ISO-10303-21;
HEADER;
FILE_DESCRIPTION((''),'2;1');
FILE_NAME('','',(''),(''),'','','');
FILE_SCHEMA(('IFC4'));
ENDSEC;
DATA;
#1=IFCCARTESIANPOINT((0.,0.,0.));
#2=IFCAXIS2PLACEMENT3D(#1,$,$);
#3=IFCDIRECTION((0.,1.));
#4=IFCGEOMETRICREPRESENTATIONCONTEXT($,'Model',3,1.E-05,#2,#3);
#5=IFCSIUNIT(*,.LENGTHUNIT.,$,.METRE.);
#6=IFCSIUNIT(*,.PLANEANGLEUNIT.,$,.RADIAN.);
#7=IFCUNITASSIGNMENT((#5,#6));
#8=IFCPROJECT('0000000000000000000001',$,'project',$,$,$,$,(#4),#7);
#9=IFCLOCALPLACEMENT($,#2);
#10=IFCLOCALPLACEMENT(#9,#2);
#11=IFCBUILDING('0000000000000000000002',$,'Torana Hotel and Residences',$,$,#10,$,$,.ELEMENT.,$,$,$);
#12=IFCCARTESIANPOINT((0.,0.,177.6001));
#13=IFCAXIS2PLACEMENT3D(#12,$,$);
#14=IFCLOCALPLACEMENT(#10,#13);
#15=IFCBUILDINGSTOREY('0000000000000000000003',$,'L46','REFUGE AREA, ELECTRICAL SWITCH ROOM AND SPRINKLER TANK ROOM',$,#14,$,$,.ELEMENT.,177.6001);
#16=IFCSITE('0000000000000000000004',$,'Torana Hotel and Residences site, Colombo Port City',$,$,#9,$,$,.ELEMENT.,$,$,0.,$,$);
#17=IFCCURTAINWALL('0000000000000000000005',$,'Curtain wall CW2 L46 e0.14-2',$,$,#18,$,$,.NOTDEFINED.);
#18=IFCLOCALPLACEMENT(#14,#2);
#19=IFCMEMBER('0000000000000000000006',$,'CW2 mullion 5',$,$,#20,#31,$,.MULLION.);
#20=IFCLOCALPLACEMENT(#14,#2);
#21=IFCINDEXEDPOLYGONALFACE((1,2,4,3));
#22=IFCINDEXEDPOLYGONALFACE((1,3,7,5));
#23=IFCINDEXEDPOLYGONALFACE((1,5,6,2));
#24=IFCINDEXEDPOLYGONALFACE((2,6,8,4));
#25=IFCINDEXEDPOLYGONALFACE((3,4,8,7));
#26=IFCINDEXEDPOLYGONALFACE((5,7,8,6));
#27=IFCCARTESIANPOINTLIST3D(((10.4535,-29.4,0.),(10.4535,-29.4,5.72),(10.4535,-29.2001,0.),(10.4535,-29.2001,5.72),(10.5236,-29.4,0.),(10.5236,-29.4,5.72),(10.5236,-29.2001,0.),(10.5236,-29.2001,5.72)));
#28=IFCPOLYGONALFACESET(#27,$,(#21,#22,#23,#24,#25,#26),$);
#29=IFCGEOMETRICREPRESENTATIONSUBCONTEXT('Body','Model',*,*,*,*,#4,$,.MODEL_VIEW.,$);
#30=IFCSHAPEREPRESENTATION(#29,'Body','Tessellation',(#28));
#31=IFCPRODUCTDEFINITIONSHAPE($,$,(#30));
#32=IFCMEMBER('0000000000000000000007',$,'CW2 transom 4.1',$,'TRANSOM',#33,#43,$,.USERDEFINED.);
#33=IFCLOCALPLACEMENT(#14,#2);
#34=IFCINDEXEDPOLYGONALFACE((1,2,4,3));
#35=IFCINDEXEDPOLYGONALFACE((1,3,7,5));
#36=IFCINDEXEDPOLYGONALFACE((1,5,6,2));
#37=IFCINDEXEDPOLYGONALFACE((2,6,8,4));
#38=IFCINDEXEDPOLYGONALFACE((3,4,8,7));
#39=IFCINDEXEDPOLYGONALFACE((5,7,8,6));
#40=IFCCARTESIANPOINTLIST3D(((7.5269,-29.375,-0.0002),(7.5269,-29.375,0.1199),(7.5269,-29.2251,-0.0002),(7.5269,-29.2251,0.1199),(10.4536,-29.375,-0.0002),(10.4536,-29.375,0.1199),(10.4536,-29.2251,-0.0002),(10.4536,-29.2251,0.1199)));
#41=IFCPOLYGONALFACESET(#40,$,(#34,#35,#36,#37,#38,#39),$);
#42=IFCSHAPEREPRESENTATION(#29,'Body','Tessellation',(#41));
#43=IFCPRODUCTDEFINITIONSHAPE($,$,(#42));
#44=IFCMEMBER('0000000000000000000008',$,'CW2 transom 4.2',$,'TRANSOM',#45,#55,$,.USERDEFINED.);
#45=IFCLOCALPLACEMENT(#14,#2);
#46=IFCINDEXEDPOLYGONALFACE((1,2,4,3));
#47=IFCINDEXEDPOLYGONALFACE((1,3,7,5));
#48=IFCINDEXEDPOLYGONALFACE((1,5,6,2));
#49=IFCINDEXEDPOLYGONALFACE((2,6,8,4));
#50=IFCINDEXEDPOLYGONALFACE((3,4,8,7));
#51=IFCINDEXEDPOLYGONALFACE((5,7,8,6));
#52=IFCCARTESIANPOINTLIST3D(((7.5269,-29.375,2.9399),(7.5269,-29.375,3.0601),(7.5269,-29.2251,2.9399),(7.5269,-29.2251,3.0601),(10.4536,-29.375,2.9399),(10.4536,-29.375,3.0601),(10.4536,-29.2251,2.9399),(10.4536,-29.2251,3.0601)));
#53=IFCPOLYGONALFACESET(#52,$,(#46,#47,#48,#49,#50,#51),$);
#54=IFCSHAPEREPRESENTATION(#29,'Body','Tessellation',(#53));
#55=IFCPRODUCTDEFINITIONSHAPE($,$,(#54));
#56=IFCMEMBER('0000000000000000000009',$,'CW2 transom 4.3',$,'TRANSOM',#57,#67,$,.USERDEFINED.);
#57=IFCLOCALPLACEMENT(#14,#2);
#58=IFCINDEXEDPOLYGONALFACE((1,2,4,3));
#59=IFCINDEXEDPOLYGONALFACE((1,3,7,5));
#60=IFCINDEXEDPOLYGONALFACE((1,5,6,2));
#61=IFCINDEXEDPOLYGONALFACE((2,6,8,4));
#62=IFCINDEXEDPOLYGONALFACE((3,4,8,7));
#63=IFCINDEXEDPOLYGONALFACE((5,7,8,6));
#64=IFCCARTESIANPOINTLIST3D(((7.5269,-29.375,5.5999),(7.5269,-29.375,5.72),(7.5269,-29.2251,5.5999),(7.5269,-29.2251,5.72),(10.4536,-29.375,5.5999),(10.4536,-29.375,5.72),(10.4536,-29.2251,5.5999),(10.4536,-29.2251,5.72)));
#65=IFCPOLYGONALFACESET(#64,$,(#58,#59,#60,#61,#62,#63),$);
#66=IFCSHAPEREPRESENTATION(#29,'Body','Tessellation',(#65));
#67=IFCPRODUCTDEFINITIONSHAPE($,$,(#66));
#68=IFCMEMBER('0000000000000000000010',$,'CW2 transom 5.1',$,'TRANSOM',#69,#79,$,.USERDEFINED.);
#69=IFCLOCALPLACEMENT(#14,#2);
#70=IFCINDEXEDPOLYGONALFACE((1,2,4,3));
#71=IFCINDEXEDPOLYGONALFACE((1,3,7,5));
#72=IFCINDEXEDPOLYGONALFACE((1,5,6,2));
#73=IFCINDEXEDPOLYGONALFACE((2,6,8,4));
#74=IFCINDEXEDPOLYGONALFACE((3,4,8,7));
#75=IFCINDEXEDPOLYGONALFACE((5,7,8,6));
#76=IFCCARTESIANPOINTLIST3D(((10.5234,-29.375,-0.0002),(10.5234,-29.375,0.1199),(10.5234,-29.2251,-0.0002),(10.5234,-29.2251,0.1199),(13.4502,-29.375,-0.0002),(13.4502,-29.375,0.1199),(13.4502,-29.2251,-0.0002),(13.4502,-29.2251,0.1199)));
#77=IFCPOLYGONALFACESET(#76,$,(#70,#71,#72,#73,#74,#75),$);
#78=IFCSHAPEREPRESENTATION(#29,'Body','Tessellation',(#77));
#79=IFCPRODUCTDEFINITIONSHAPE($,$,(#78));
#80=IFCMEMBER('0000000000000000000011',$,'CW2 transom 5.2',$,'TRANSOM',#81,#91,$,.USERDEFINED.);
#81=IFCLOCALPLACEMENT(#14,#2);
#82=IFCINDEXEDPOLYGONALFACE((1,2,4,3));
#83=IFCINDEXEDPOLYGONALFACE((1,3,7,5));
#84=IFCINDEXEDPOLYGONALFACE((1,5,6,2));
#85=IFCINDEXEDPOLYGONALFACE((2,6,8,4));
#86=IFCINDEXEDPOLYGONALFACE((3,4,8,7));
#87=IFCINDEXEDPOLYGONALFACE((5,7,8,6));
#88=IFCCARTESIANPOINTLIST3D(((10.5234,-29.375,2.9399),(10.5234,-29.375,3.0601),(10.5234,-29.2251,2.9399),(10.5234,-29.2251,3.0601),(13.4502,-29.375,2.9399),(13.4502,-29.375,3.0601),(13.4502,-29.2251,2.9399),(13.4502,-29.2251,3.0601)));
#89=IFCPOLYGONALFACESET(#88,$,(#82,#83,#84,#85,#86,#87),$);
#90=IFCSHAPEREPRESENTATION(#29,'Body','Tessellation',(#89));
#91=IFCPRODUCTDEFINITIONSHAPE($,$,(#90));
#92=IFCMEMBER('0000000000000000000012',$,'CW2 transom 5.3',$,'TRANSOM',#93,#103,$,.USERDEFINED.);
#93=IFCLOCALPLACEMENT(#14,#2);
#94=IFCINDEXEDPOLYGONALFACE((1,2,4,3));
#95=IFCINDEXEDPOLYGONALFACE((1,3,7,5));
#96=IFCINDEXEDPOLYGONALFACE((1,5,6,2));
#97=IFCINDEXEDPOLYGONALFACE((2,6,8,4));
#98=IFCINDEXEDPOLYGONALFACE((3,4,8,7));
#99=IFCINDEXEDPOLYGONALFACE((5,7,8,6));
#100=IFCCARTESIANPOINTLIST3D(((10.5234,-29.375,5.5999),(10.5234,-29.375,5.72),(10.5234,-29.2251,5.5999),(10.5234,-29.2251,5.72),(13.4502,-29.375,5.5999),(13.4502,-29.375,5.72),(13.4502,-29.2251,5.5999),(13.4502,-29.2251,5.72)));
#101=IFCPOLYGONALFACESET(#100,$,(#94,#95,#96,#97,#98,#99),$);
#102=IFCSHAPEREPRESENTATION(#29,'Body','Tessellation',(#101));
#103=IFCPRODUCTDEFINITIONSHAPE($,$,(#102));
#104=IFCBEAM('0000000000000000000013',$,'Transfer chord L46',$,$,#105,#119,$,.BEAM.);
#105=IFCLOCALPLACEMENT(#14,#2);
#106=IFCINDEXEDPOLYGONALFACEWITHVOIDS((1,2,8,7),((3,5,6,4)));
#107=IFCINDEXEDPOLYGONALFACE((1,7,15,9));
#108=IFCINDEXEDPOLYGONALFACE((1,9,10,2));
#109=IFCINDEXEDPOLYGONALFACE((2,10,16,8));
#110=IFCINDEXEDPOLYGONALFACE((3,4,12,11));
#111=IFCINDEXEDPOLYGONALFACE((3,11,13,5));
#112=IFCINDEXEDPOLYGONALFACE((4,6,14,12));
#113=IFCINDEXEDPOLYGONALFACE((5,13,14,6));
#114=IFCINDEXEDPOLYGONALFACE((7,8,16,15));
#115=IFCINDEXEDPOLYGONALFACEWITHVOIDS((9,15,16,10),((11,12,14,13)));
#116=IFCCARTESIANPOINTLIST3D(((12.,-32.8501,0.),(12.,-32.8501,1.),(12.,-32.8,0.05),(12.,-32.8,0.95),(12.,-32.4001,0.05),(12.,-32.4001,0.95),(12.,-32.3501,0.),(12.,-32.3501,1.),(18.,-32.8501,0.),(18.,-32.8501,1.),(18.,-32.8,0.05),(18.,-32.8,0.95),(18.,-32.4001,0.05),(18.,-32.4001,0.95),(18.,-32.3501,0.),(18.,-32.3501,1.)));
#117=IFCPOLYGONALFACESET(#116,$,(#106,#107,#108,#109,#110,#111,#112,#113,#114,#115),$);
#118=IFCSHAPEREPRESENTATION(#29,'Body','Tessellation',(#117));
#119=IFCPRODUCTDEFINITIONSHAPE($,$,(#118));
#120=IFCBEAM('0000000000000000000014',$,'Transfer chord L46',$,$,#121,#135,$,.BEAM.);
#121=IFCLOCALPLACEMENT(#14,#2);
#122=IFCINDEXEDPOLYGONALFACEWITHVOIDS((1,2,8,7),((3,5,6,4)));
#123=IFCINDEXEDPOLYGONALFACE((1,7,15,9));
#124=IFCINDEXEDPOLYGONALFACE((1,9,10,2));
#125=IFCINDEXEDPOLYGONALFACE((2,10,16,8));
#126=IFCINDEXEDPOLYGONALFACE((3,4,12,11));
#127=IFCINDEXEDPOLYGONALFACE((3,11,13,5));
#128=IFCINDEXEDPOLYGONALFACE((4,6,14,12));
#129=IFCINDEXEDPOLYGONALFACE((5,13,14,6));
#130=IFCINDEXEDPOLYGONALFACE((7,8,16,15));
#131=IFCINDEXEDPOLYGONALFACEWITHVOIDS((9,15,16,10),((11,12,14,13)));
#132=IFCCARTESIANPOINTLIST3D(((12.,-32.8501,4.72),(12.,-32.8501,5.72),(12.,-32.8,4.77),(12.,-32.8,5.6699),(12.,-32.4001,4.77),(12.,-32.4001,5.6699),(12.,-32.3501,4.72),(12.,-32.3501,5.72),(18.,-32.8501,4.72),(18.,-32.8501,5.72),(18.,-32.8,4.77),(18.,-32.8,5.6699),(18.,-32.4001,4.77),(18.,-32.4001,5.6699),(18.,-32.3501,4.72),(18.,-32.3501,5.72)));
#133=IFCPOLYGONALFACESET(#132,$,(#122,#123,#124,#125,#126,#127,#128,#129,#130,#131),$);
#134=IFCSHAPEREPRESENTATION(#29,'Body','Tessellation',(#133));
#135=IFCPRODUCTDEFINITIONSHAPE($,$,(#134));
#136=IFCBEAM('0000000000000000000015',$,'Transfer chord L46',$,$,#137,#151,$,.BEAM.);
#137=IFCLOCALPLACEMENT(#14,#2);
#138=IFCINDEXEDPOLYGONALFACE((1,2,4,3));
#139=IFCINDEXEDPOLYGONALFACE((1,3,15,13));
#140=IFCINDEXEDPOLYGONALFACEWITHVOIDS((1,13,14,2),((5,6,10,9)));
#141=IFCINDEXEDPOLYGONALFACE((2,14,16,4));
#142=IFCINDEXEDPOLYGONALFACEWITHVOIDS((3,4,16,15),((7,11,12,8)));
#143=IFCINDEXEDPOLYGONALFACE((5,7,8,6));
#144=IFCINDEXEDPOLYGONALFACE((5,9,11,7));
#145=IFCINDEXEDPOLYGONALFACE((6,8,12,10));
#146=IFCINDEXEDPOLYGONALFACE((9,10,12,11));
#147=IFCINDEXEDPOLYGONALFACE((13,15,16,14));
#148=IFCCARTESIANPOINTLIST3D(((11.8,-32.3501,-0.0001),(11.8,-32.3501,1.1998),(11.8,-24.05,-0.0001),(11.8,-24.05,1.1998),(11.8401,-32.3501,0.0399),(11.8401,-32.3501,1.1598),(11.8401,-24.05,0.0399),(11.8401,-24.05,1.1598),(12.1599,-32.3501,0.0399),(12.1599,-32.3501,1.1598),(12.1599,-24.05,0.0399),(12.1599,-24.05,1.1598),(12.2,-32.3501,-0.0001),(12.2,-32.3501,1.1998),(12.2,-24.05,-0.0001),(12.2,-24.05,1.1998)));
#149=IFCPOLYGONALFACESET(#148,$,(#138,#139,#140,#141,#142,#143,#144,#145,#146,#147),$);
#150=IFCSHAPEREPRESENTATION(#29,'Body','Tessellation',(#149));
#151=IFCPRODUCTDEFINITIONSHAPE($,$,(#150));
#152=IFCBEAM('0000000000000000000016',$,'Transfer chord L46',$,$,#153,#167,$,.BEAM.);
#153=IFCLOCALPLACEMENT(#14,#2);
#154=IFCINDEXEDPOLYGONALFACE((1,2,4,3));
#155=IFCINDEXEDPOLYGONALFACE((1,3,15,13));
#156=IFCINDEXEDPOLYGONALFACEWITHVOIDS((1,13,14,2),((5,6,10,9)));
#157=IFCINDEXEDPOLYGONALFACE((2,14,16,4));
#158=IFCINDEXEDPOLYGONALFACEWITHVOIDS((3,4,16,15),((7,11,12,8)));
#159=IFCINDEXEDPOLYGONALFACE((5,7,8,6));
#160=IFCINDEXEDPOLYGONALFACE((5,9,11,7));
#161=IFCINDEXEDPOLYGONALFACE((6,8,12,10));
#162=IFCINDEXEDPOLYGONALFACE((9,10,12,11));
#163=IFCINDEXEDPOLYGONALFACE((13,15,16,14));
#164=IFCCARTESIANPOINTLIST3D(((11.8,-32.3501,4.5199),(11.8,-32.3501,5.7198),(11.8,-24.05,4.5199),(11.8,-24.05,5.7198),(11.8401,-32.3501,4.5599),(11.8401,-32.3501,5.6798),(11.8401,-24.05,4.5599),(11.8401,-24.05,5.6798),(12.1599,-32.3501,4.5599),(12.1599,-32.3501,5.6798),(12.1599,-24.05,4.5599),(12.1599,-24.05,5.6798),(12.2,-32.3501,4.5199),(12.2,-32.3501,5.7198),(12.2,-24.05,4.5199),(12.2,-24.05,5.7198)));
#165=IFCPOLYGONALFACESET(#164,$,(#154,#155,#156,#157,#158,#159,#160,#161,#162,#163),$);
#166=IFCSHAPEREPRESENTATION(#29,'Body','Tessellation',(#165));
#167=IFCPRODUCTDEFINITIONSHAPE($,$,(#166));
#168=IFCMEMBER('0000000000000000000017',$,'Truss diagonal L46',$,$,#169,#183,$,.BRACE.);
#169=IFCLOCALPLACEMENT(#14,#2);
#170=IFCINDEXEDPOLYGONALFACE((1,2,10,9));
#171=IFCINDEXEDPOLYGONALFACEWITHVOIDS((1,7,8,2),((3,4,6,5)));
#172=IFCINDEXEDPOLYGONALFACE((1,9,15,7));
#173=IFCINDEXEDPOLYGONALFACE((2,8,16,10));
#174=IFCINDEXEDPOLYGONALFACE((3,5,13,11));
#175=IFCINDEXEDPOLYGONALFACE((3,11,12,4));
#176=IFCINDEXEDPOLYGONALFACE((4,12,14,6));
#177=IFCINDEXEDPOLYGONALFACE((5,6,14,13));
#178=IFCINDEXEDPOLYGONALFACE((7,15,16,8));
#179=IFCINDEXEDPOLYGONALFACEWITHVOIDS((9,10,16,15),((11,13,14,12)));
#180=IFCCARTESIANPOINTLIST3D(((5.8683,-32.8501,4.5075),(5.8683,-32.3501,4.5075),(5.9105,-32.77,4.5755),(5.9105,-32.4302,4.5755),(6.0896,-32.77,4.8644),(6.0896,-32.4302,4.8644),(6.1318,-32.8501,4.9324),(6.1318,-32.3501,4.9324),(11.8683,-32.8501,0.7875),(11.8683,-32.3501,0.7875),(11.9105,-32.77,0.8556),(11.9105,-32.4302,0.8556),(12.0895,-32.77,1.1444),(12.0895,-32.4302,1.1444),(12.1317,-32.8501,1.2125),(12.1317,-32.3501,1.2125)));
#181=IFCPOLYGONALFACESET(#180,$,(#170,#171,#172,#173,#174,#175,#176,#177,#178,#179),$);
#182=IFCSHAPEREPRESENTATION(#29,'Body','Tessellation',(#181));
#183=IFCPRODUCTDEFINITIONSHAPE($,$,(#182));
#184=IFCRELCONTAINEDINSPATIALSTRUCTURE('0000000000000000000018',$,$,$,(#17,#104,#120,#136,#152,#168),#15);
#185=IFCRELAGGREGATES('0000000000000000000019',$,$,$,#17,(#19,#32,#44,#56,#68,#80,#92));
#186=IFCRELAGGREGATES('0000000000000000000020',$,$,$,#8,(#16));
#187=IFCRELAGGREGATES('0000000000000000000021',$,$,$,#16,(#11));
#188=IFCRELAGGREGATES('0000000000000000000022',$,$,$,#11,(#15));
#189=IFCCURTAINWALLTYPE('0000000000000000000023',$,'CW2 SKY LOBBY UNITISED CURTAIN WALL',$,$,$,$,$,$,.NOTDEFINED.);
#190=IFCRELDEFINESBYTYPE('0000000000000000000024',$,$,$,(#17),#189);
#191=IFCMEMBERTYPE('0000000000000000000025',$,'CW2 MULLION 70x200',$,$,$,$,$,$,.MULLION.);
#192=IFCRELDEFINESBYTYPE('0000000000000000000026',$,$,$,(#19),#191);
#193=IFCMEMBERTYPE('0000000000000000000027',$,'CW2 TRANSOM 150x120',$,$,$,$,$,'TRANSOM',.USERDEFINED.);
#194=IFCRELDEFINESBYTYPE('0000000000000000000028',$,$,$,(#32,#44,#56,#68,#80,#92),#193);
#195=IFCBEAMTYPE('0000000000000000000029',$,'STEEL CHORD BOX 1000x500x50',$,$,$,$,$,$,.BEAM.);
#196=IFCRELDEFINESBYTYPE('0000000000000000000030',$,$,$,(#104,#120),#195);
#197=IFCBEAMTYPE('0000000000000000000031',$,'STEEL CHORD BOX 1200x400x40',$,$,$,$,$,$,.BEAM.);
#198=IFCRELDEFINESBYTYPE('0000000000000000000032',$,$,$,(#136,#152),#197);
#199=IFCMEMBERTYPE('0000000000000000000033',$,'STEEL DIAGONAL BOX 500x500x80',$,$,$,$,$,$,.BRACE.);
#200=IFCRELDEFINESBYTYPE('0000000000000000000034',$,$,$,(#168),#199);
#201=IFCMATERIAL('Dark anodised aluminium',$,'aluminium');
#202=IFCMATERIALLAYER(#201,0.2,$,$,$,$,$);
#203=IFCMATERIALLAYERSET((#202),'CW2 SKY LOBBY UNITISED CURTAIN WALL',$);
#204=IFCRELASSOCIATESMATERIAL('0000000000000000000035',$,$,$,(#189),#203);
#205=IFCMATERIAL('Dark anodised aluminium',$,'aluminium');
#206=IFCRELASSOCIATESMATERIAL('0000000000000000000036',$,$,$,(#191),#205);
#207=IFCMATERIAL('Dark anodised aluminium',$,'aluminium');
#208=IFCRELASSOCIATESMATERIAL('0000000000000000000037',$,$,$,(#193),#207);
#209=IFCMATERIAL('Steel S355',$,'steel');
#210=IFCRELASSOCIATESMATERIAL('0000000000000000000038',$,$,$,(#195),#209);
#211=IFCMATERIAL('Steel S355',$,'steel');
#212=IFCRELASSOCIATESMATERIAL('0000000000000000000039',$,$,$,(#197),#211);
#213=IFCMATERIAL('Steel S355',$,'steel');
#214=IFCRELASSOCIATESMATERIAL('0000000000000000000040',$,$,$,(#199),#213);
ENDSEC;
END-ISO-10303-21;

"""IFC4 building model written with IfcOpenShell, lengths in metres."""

from ifc_helpers import new_model, si_unit, direction, frame, origin, origin_2d, place, context, subcontext, project, spatial, rectangle, hollow_rectangle, extrude, material, layer, layer_set, material_profile, profile_set, type_object, element, aggregate, save


model = new_model("IFC4")

# Units and contexts
model_context = context("Model", 3, precision=1e-05, world=origin(), true_north=direction((0.0, 1.0)))
body_context = subcontext(model_context, "Body", "Model", "MODEL_VIEW")
ifc_project = project(units=[si_unit("LENGTHUNIT", "METRE"), si_unit("PLANEANGLEUNIT", "RADIAN")], contexts=[model_context])

# Site, building, storey
site_placement = place(None, origin())
site = spatial("IfcSite", under=ifc_project, at=site_placement, Name="Torana Hotel and Residences site, Colombo Port City", CompositionType="ELEMENT", RefElevation=0.0)
building_placement = place(site_placement, origin())
building = spatial("IfcBuilding", under=site, at=building_placement, Name="Torana Hotel and Residences", CompositionType="ELEMENT")
storey_placement = place(building_placement, frame((0.0, 0.0, 177.6001)))
storey = spatial("IfcBuildingStorey", under=building, at=storey_placement, Name="L46", Description="REFUGE AREA, ELECTRICAL SWITCH ROOM AND SPRINKLER TANK ROOM", CompositionType="ELEMENT", Elevation=177.6001)

# Curtain wall, members
ifc_material_1 = material(Name="Dark anodised aluminium", Category="aluminium")
ifc_layer_1 = layer(ifc_material_1, 0.2)
ifc_layer_set_1 = layer_set([ifc_layer_1], Name="CW2 SKY LOBBY UNITISED CURTAIN WALL")
curtain_wall_type = type_object("IfcCurtainWallType", Name="CW2 SKY LOBBY UNITISED CURTAIN WALL", PredefinedType="NOTDEFINED", material=ifc_layer_set_1)
curtain_wall_placement = place(storey_placement, origin())
curtain_wall = element("IfcCurtainWall", 1, at=curtain_wall_placement, inside=storey, type_object=curtain_wall_type, Name="Curtain wall CW2 L46 e0.14-2", PredefinedType="NOTDEFINED")
ifc_material_2 = material(Name="Dark anodised aluminium", Category="aluminium")
ifc_material_profile_1 = material_profile(ifc_material_2, rectangle(XDim=0.2, YDim=0.0701, at=origin_2d()), Name="CW2 MULLION 70x200")
ifc_profile_set_1 = profile_set([ifc_material_profile_1], Name="Dark anodised aluminium")
member_type_1 = type_object("IfcMemberType", Name="CW2 MULLION 70x200", PredefinedType="MULLION", material=ifc_profile_set_1)
member_1_placement = place(storey_placement, frame((10.4885, -29.3, 0.0), z_axis=(0.0, 0.0, 1.0), x_axis=(0.0, 1.0, 0.0)))
member_1 = element("IfcMember", 2, at=member_1_placement, type_object=member_type_1, Name="CW2 mullion 5", PredefinedType="MULLION", context=body_context, shape_type="SweptSolid", body=[
    extrude(rectangle(XDim=0.2, YDim=0.0701, at=origin_2d()), origin(), (0.0, 0.0, 1.0), 5.72),
])
ifc_material_3 = material(Name="Dark anodised aluminium", Category="aluminium")
ifc_material_profile_2 = material_profile(ifc_material_3, rectangle(XDim=0.1499, YDim=0.1201, at=origin_2d()), Name="CW2 TRANSOM 150x120")
ifc_profile_set_2 = profile_set([ifc_material_profile_2], Name="Dark anodised aluminium")
member_type_2 = type_object("IfcMemberType", Name="CW2 TRANSOM 150x120", ElementType="TRANSOM", PredefinedType="USERDEFINED", material=ifc_profile_set_2)
member_2_placement = place(storey_placement, frame((7.5269, -29.3, 0.0598), z_axis=(1.0, 0.0, 0.0), x_axis=(0.0, 1.0, 0.0)))
member_2 = element("IfcMember", 3, at=member_2_placement, type_object=member_type_2, Name="CW2 transom 4.1", ObjectType="TRANSOM", PredefinedType="USERDEFINED", context=body_context, shape_type="SweptSolid", body=[
    extrude(rectangle(XDim=0.1499, YDim=0.1201, at=origin_2d()), origin(), (0.0, 0.0, 1.0), 2.9268),
])
member_3_placement = place(storey_placement, frame((7.5269, -29.3, 3.0), z_axis=(1.0, 0.0, 0.0), x_axis=(0.0, 1.0, 0.0)))
member_3 = element("IfcMember", 4, at=member_3_placement, type_object=member_type_2, Name="CW2 transom 4.2", ObjectType="TRANSOM", PredefinedType="USERDEFINED", context=body_context, shape_type="SweptSolid", body=[
    extrude(rectangle(XDim=0.1499, YDim=0.1201, at=origin_2d()), origin(), (0.0, 0.0, 1.0), 2.9268),
])
member_4_placement = place(storey_placement, frame((7.5269, -29.3, 5.6599), z_axis=(1.0, 0.0, 0.0), x_axis=(0.0, 1.0, 0.0)))
member_4 = element("IfcMember", 5, at=member_4_placement, type_object=member_type_2, Name="CW2 transom 4.3", ObjectType="TRANSOM", PredefinedType="USERDEFINED", context=body_context, shape_type="SweptSolid", body=[
    extrude(rectangle(XDim=0.1499, YDim=0.1201, at=origin_2d()), origin(), (0.0, 0.0, 1.0), 2.9268),
])
member_5_placement = place(storey_placement, frame((10.5234, -29.3, 0.0598), z_axis=(1.0, 0.0, 0.0), x_axis=(0.0, 1.0, 0.0)))
member_5 = element("IfcMember", 6, at=member_5_placement, type_object=member_type_2, Name="CW2 transom 5.1", ObjectType="TRANSOM", PredefinedType="USERDEFINED", context=body_context, shape_type="SweptSolid", body=[
    extrude(rectangle(XDim=0.1499, YDim=0.1201, at=origin_2d()), origin(), (0.0, 0.0, 1.0), 2.9268),
])
member_6_placement = place(storey_placement, frame((10.5234, -29.3, 3.0), z_axis=(1.0, 0.0, 0.0), x_axis=(0.0, 1.0, 0.0)))
member_6 = element("IfcMember", 7, at=member_6_placement, type_object=member_type_2, Name="CW2 transom 5.2", ObjectType="TRANSOM", PredefinedType="USERDEFINED", context=body_context, shape_type="SweptSolid", body=[
    extrude(rectangle(XDim=0.1499, YDim=0.1201, at=origin_2d()), origin(), (0.0, 0.0, 1.0), 2.9268),
])
member_7_placement = place(storey_placement, frame((10.5234, -29.3, 5.6599), z_axis=(1.0, 0.0, 0.0), x_axis=(0.0, 1.0, 0.0)))
member_7 = element("IfcMember", 8, at=member_7_placement, type_object=member_type_2, Name="CW2 transom 5.3", ObjectType="TRANSOM", PredefinedType="USERDEFINED", context=body_context, shape_type="SweptSolid", body=[
    extrude(rectangle(XDim=0.1499, YDim=0.1201, at=origin_2d()), origin(), (0.0, 0.0, 1.0), 2.9268),
])

# Beams
ifc_material_4 = material(Name="Steel S355", Category="steel")
ifc_material_profile_3 = material_profile(ifc_material_4, hollow_rectangle(XDim=0.5, YDim=1.0, WallThickness=0.05, at=origin_2d()), Name="BOX 1000x500x50")
ifc_profile_set_3 = profile_set([ifc_material_profile_3], Name="Steel S355")
beam_type_1 = type_object("IfcBeamType", Name="STEEL CHORD BOX 1000x500x50", PredefinedType="BEAM", material=ifc_profile_set_3)
for number, where, z_axis, x_axis, name in (
    (9, (12.0, -32.6001, 0.5), (1.0, 0.0, 0.0), (0.0, 1.0, 0.0), "Transfer chord L46"),
    (10, (12.0, -32.6001, 5.22), (1.0, 0.0, 0.0), (0.0, 1.0, 0.0), "Transfer chord L46"),
):
    element("IfcBeam", number, at=place(storey_placement, frame(where, z_axis=z_axis, x_axis=x_axis)), inside=storey, type_object=beam_type_1, Name=name, PredefinedType="BEAM", context=body_context, shape_type="SweptSolid", body=[
        extrude(hollow_rectangle(XDim=0.5, YDim=1.0, WallThickness=0.05, at=origin_2d()), origin(), (0.0, 0.0, 1.0), 6.0),
    ])
ifc_material_5 = material(Name="Steel S355", Category="steel")
ifc_material_profile_4 = material_profile(ifc_material_5, hollow_rectangle(XDim=0.3999, YDim=1.2, WallThickness=0.04, at=origin_2d()), Name="BOX 1200x400x40")
ifc_profile_set_4 = profile_set([ifc_material_profile_4], Name="Steel S355")
beam_type_2 = type_object("IfcBeamType", Name="STEEL CHORD BOX 1200x400x40", PredefinedType="BEAM", material=ifc_profile_set_4)
for number, where, z_axis, x_axis, name in (
    (11, (12.0, -32.3501, 0.5999), (0.0, 1.0, 0.0), (-1.0, 0.0, 0.0), "Transfer chord L46"),
    (12, (12.0, -32.3501, 5.1199), (0.0, 1.0, 0.0), (-1.0, 0.0, 0.0), "Transfer chord L46"),
):
    element("IfcBeam", number, at=place(storey_placement, frame(where, z_axis=z_axis, x_axis=x_axis)), inside=storey, type_object=beam_type_2, Name=name, PredefinedType="BEAM", context=body_context, shape_type="SweptSolid", body=[
        extrude(hollow_rectangle(XDim=0.3999, YDim=1.2, WallThickness=0.04, at=origin_2d()), origin(), (0.0, 0.0, 1.0), 8.3),
    ])

# Member
ifc_material_6 = material(Name="Steel S355", Category="steel")
ifc_material_profile_5 = material_profile(ifc_material_6, hollow_rectangle(XDim=0.5, YDim=0.5, WallThickness=0.0801, at=origin_2d()), Name="BOX 500x500x80")
ifc_profile_set_5 = profile_set([ifc_material_profile_5], Name="Steel S355")
member_type_3 = type_object("IfcMemberType", Name="STEEL DIAGONAL BOX 500x500x80", PredefinedType="BRACE", material=ifc_profile_set_5)
for number, where, z_axis, x_axis, name in (
    (13, (12.0, -32.6001, 1.0), (-0.849905, 0.0, 0.526937), (0.0, -1.0, 0.0), "Truss diagonal L46"),
):
    element("IfcMember", number, at=place(storey_placement, frame(where, z_axis=z_axis, x_axis=x_axis)), inside=storey, type_object=member_type_3, Name=name, PredefinedType="BRACE", context=body_context, shape_type="SweptSolid", body=[
        extrude(hollow_rectangle(XDim=0.5, YDim=0.5, WallThickness=0.0801, at=origin_2d()), origin(), (0.0, 0.0, 1.0), 7.0596),
    ])

aggregate(curtain_wall, [member_1, member_2, member_3, member_4, member_5, member_6, member_7])

save(model, "model.ifc")
